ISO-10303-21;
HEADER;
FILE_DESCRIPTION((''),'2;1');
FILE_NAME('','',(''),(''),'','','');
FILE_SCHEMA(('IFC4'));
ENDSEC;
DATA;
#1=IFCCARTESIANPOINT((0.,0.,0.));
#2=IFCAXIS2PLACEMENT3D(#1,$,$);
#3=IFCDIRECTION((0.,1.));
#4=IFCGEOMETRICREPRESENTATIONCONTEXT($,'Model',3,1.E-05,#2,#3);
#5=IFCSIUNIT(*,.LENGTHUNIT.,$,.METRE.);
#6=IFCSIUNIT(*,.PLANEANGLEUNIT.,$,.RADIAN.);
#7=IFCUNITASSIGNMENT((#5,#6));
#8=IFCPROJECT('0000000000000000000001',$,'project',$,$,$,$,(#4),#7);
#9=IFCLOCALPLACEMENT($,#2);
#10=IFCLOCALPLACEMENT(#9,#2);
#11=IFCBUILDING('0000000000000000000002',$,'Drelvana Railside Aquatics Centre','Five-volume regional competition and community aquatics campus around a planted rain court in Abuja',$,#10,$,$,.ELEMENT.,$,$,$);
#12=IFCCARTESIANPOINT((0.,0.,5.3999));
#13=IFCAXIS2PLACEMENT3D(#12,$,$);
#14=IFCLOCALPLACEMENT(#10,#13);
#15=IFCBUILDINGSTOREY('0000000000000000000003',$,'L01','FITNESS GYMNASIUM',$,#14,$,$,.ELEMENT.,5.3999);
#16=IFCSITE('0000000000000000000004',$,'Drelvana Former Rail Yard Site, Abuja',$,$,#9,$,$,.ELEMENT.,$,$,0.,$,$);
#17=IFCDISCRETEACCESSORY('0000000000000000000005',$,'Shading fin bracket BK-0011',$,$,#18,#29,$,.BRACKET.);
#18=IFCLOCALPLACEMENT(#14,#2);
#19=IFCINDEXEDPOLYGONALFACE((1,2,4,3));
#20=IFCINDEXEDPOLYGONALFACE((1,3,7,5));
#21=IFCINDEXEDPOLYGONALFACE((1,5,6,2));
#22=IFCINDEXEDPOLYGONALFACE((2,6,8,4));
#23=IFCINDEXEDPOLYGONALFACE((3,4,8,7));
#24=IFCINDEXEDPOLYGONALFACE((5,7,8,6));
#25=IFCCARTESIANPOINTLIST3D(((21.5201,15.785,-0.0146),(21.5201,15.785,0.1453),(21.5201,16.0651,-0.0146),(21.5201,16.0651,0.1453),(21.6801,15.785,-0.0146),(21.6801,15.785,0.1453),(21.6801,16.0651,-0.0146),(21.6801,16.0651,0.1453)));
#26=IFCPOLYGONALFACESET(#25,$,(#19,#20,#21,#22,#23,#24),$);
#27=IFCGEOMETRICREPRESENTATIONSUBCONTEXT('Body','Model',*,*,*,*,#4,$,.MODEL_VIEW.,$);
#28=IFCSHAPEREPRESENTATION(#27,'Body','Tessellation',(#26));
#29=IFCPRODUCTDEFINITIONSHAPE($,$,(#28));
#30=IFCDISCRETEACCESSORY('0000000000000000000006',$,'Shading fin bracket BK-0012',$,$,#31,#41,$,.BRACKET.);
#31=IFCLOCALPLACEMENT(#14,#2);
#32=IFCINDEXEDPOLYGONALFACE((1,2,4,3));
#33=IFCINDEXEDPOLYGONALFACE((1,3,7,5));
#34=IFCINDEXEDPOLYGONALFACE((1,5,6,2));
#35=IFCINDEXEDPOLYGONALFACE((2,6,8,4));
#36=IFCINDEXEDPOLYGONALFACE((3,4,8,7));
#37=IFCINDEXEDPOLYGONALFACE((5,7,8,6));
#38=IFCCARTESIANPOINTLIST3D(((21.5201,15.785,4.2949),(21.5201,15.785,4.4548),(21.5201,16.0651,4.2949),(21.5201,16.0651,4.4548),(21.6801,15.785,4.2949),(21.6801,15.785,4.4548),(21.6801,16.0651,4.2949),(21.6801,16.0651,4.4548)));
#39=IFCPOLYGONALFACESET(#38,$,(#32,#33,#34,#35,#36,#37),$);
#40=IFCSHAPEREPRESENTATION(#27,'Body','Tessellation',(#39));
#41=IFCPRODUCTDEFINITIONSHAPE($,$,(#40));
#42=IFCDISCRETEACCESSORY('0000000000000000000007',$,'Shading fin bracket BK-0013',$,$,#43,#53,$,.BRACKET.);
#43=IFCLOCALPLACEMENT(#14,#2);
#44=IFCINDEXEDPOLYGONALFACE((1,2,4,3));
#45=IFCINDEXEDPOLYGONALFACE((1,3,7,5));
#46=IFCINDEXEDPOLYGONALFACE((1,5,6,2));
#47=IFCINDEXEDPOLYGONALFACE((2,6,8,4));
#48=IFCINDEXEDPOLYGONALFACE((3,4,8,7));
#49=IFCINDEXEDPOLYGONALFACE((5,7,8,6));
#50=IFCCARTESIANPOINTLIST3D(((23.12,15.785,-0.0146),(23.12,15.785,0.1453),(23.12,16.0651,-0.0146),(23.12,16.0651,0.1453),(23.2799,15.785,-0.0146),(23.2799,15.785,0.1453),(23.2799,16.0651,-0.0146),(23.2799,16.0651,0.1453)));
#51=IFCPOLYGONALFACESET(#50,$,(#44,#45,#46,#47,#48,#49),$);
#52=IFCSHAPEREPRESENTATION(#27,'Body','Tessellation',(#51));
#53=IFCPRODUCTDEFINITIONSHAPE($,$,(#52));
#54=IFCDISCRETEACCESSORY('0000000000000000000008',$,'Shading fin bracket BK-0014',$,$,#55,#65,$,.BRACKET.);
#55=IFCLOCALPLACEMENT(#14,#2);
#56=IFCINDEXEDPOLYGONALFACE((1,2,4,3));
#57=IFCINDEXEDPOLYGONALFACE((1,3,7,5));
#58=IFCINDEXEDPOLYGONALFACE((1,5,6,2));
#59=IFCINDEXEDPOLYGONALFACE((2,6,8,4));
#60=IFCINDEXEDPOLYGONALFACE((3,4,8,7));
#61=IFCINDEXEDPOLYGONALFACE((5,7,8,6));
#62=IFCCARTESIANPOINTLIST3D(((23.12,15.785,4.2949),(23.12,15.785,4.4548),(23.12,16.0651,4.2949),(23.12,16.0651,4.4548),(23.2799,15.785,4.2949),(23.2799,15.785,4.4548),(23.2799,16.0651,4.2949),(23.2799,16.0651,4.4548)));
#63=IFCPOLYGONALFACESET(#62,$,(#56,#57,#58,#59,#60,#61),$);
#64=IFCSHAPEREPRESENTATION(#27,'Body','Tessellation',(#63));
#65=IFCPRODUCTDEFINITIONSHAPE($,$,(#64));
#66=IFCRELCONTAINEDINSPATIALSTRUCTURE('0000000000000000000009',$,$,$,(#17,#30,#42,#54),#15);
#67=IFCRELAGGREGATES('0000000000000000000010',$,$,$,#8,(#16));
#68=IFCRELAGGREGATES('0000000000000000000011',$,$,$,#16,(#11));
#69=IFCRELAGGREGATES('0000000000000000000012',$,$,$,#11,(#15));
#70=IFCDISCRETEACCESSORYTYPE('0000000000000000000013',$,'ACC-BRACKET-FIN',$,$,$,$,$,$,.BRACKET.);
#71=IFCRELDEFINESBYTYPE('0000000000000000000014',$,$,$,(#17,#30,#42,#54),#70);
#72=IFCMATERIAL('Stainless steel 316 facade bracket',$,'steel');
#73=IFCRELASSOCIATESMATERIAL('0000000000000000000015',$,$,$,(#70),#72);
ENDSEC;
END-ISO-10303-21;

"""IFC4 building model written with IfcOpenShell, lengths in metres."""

from ifc_helpers import new_model, si_unit, direction, frame, origin, origin_2d, place, context, subcontext, project, spatial, rectangle, extrude, material, type_object, element, save


model = new_model("IFC4")

# Units and contexts
model_context = context("Model", 3, precision=1e-05, world=origin(), true_north=direction((0.0, 1.0)))
body_context = subcontext(model_context, "Body", "Model", "MODEL_VIEW")
ifc_project = project(units=[si_unit("LENGTHUNIT", "METRE"), si_unit("PLANEANGLEUNIT", "RADIAN")], contexts=[model_context])

# Site, building, storey
site_placement = place(None, origin())
site = spatial("IfcSite", under=ifc_project, at=site_placement, Name="Drelvana Former Rail Yard Site, Abuja", CompositionType="ELEMENT", RefElevation=0.0)
building_placement = place(site_placement, origin())
building = spatial("IfcBuilding", under=site, at=building_placement, Name="Drelvana Railside Aquatics Centre", Description="Five-volume regional competition and community aquatics campus around a planted rain court in Abuja", CompositionType="ELEMENT")
storey_placement = place(building_placement, frame((0.0, 0.0, 5.3999)))
storey = spatial("IfcBuildingStorey", under=building, at=storey_placement, Name="L01", Description="FITNESS GYMNASIUM", CompositionType="ELEMENT", Elevation=5.3999)

# Discrete accessories
ifc_material_1 = material(Name="Stainless steel 316 facade bracket", Category="steel")
discrete_accessory_type = type_object("IfcDiscreteAccessoryType", Name="ACC-BRACKET-FIN", PredefinedType="BRACKET", material=ifc_material_1)
for number, where, z_axis, x_axis, name in (
    (1, (21.6001, 15.925, -0.0146), (0.0, 0.0, 1.0), (0.0, -1.0, 0.0), "Shading fin bracket BK-0011"),
    (2, (21.6001, 15.925, 4.2949), (0.0, 0.0, 1.0), (0.0, -1.0, 0.0), "Shading fin bracket BK-0012"),
    (3, (23.2, 15.925, -0.0146), (0.0, 0.0, 1.0), (0.0, -1.0, 0.0), "Shading fin bracket BK-0013"),
    (4, (23.2, 15.925, 4.2949), (0.0, 0.0, 1.0), (0.0, -1.0, 0.0), "Shading fin bracket BK-0014"),
):
    element("IfcDiscreteAccessory", number, at=place(storey_placement, frame(where, z_axis=z_axis, x_axis=x_axis)), inside=storey, type_object=discrete_accessory_type, Name=name, PredefinedType="BRACKET", context=body_context, shape_type="SweptSolid", body=[
        extrude(rectangle(XDim=0.28, YDim=0.1599, at=origin_2d()), origin(), (0.0, 0.0, 1.0), 0.1599),
    ])

save(model, "model.ifc")
